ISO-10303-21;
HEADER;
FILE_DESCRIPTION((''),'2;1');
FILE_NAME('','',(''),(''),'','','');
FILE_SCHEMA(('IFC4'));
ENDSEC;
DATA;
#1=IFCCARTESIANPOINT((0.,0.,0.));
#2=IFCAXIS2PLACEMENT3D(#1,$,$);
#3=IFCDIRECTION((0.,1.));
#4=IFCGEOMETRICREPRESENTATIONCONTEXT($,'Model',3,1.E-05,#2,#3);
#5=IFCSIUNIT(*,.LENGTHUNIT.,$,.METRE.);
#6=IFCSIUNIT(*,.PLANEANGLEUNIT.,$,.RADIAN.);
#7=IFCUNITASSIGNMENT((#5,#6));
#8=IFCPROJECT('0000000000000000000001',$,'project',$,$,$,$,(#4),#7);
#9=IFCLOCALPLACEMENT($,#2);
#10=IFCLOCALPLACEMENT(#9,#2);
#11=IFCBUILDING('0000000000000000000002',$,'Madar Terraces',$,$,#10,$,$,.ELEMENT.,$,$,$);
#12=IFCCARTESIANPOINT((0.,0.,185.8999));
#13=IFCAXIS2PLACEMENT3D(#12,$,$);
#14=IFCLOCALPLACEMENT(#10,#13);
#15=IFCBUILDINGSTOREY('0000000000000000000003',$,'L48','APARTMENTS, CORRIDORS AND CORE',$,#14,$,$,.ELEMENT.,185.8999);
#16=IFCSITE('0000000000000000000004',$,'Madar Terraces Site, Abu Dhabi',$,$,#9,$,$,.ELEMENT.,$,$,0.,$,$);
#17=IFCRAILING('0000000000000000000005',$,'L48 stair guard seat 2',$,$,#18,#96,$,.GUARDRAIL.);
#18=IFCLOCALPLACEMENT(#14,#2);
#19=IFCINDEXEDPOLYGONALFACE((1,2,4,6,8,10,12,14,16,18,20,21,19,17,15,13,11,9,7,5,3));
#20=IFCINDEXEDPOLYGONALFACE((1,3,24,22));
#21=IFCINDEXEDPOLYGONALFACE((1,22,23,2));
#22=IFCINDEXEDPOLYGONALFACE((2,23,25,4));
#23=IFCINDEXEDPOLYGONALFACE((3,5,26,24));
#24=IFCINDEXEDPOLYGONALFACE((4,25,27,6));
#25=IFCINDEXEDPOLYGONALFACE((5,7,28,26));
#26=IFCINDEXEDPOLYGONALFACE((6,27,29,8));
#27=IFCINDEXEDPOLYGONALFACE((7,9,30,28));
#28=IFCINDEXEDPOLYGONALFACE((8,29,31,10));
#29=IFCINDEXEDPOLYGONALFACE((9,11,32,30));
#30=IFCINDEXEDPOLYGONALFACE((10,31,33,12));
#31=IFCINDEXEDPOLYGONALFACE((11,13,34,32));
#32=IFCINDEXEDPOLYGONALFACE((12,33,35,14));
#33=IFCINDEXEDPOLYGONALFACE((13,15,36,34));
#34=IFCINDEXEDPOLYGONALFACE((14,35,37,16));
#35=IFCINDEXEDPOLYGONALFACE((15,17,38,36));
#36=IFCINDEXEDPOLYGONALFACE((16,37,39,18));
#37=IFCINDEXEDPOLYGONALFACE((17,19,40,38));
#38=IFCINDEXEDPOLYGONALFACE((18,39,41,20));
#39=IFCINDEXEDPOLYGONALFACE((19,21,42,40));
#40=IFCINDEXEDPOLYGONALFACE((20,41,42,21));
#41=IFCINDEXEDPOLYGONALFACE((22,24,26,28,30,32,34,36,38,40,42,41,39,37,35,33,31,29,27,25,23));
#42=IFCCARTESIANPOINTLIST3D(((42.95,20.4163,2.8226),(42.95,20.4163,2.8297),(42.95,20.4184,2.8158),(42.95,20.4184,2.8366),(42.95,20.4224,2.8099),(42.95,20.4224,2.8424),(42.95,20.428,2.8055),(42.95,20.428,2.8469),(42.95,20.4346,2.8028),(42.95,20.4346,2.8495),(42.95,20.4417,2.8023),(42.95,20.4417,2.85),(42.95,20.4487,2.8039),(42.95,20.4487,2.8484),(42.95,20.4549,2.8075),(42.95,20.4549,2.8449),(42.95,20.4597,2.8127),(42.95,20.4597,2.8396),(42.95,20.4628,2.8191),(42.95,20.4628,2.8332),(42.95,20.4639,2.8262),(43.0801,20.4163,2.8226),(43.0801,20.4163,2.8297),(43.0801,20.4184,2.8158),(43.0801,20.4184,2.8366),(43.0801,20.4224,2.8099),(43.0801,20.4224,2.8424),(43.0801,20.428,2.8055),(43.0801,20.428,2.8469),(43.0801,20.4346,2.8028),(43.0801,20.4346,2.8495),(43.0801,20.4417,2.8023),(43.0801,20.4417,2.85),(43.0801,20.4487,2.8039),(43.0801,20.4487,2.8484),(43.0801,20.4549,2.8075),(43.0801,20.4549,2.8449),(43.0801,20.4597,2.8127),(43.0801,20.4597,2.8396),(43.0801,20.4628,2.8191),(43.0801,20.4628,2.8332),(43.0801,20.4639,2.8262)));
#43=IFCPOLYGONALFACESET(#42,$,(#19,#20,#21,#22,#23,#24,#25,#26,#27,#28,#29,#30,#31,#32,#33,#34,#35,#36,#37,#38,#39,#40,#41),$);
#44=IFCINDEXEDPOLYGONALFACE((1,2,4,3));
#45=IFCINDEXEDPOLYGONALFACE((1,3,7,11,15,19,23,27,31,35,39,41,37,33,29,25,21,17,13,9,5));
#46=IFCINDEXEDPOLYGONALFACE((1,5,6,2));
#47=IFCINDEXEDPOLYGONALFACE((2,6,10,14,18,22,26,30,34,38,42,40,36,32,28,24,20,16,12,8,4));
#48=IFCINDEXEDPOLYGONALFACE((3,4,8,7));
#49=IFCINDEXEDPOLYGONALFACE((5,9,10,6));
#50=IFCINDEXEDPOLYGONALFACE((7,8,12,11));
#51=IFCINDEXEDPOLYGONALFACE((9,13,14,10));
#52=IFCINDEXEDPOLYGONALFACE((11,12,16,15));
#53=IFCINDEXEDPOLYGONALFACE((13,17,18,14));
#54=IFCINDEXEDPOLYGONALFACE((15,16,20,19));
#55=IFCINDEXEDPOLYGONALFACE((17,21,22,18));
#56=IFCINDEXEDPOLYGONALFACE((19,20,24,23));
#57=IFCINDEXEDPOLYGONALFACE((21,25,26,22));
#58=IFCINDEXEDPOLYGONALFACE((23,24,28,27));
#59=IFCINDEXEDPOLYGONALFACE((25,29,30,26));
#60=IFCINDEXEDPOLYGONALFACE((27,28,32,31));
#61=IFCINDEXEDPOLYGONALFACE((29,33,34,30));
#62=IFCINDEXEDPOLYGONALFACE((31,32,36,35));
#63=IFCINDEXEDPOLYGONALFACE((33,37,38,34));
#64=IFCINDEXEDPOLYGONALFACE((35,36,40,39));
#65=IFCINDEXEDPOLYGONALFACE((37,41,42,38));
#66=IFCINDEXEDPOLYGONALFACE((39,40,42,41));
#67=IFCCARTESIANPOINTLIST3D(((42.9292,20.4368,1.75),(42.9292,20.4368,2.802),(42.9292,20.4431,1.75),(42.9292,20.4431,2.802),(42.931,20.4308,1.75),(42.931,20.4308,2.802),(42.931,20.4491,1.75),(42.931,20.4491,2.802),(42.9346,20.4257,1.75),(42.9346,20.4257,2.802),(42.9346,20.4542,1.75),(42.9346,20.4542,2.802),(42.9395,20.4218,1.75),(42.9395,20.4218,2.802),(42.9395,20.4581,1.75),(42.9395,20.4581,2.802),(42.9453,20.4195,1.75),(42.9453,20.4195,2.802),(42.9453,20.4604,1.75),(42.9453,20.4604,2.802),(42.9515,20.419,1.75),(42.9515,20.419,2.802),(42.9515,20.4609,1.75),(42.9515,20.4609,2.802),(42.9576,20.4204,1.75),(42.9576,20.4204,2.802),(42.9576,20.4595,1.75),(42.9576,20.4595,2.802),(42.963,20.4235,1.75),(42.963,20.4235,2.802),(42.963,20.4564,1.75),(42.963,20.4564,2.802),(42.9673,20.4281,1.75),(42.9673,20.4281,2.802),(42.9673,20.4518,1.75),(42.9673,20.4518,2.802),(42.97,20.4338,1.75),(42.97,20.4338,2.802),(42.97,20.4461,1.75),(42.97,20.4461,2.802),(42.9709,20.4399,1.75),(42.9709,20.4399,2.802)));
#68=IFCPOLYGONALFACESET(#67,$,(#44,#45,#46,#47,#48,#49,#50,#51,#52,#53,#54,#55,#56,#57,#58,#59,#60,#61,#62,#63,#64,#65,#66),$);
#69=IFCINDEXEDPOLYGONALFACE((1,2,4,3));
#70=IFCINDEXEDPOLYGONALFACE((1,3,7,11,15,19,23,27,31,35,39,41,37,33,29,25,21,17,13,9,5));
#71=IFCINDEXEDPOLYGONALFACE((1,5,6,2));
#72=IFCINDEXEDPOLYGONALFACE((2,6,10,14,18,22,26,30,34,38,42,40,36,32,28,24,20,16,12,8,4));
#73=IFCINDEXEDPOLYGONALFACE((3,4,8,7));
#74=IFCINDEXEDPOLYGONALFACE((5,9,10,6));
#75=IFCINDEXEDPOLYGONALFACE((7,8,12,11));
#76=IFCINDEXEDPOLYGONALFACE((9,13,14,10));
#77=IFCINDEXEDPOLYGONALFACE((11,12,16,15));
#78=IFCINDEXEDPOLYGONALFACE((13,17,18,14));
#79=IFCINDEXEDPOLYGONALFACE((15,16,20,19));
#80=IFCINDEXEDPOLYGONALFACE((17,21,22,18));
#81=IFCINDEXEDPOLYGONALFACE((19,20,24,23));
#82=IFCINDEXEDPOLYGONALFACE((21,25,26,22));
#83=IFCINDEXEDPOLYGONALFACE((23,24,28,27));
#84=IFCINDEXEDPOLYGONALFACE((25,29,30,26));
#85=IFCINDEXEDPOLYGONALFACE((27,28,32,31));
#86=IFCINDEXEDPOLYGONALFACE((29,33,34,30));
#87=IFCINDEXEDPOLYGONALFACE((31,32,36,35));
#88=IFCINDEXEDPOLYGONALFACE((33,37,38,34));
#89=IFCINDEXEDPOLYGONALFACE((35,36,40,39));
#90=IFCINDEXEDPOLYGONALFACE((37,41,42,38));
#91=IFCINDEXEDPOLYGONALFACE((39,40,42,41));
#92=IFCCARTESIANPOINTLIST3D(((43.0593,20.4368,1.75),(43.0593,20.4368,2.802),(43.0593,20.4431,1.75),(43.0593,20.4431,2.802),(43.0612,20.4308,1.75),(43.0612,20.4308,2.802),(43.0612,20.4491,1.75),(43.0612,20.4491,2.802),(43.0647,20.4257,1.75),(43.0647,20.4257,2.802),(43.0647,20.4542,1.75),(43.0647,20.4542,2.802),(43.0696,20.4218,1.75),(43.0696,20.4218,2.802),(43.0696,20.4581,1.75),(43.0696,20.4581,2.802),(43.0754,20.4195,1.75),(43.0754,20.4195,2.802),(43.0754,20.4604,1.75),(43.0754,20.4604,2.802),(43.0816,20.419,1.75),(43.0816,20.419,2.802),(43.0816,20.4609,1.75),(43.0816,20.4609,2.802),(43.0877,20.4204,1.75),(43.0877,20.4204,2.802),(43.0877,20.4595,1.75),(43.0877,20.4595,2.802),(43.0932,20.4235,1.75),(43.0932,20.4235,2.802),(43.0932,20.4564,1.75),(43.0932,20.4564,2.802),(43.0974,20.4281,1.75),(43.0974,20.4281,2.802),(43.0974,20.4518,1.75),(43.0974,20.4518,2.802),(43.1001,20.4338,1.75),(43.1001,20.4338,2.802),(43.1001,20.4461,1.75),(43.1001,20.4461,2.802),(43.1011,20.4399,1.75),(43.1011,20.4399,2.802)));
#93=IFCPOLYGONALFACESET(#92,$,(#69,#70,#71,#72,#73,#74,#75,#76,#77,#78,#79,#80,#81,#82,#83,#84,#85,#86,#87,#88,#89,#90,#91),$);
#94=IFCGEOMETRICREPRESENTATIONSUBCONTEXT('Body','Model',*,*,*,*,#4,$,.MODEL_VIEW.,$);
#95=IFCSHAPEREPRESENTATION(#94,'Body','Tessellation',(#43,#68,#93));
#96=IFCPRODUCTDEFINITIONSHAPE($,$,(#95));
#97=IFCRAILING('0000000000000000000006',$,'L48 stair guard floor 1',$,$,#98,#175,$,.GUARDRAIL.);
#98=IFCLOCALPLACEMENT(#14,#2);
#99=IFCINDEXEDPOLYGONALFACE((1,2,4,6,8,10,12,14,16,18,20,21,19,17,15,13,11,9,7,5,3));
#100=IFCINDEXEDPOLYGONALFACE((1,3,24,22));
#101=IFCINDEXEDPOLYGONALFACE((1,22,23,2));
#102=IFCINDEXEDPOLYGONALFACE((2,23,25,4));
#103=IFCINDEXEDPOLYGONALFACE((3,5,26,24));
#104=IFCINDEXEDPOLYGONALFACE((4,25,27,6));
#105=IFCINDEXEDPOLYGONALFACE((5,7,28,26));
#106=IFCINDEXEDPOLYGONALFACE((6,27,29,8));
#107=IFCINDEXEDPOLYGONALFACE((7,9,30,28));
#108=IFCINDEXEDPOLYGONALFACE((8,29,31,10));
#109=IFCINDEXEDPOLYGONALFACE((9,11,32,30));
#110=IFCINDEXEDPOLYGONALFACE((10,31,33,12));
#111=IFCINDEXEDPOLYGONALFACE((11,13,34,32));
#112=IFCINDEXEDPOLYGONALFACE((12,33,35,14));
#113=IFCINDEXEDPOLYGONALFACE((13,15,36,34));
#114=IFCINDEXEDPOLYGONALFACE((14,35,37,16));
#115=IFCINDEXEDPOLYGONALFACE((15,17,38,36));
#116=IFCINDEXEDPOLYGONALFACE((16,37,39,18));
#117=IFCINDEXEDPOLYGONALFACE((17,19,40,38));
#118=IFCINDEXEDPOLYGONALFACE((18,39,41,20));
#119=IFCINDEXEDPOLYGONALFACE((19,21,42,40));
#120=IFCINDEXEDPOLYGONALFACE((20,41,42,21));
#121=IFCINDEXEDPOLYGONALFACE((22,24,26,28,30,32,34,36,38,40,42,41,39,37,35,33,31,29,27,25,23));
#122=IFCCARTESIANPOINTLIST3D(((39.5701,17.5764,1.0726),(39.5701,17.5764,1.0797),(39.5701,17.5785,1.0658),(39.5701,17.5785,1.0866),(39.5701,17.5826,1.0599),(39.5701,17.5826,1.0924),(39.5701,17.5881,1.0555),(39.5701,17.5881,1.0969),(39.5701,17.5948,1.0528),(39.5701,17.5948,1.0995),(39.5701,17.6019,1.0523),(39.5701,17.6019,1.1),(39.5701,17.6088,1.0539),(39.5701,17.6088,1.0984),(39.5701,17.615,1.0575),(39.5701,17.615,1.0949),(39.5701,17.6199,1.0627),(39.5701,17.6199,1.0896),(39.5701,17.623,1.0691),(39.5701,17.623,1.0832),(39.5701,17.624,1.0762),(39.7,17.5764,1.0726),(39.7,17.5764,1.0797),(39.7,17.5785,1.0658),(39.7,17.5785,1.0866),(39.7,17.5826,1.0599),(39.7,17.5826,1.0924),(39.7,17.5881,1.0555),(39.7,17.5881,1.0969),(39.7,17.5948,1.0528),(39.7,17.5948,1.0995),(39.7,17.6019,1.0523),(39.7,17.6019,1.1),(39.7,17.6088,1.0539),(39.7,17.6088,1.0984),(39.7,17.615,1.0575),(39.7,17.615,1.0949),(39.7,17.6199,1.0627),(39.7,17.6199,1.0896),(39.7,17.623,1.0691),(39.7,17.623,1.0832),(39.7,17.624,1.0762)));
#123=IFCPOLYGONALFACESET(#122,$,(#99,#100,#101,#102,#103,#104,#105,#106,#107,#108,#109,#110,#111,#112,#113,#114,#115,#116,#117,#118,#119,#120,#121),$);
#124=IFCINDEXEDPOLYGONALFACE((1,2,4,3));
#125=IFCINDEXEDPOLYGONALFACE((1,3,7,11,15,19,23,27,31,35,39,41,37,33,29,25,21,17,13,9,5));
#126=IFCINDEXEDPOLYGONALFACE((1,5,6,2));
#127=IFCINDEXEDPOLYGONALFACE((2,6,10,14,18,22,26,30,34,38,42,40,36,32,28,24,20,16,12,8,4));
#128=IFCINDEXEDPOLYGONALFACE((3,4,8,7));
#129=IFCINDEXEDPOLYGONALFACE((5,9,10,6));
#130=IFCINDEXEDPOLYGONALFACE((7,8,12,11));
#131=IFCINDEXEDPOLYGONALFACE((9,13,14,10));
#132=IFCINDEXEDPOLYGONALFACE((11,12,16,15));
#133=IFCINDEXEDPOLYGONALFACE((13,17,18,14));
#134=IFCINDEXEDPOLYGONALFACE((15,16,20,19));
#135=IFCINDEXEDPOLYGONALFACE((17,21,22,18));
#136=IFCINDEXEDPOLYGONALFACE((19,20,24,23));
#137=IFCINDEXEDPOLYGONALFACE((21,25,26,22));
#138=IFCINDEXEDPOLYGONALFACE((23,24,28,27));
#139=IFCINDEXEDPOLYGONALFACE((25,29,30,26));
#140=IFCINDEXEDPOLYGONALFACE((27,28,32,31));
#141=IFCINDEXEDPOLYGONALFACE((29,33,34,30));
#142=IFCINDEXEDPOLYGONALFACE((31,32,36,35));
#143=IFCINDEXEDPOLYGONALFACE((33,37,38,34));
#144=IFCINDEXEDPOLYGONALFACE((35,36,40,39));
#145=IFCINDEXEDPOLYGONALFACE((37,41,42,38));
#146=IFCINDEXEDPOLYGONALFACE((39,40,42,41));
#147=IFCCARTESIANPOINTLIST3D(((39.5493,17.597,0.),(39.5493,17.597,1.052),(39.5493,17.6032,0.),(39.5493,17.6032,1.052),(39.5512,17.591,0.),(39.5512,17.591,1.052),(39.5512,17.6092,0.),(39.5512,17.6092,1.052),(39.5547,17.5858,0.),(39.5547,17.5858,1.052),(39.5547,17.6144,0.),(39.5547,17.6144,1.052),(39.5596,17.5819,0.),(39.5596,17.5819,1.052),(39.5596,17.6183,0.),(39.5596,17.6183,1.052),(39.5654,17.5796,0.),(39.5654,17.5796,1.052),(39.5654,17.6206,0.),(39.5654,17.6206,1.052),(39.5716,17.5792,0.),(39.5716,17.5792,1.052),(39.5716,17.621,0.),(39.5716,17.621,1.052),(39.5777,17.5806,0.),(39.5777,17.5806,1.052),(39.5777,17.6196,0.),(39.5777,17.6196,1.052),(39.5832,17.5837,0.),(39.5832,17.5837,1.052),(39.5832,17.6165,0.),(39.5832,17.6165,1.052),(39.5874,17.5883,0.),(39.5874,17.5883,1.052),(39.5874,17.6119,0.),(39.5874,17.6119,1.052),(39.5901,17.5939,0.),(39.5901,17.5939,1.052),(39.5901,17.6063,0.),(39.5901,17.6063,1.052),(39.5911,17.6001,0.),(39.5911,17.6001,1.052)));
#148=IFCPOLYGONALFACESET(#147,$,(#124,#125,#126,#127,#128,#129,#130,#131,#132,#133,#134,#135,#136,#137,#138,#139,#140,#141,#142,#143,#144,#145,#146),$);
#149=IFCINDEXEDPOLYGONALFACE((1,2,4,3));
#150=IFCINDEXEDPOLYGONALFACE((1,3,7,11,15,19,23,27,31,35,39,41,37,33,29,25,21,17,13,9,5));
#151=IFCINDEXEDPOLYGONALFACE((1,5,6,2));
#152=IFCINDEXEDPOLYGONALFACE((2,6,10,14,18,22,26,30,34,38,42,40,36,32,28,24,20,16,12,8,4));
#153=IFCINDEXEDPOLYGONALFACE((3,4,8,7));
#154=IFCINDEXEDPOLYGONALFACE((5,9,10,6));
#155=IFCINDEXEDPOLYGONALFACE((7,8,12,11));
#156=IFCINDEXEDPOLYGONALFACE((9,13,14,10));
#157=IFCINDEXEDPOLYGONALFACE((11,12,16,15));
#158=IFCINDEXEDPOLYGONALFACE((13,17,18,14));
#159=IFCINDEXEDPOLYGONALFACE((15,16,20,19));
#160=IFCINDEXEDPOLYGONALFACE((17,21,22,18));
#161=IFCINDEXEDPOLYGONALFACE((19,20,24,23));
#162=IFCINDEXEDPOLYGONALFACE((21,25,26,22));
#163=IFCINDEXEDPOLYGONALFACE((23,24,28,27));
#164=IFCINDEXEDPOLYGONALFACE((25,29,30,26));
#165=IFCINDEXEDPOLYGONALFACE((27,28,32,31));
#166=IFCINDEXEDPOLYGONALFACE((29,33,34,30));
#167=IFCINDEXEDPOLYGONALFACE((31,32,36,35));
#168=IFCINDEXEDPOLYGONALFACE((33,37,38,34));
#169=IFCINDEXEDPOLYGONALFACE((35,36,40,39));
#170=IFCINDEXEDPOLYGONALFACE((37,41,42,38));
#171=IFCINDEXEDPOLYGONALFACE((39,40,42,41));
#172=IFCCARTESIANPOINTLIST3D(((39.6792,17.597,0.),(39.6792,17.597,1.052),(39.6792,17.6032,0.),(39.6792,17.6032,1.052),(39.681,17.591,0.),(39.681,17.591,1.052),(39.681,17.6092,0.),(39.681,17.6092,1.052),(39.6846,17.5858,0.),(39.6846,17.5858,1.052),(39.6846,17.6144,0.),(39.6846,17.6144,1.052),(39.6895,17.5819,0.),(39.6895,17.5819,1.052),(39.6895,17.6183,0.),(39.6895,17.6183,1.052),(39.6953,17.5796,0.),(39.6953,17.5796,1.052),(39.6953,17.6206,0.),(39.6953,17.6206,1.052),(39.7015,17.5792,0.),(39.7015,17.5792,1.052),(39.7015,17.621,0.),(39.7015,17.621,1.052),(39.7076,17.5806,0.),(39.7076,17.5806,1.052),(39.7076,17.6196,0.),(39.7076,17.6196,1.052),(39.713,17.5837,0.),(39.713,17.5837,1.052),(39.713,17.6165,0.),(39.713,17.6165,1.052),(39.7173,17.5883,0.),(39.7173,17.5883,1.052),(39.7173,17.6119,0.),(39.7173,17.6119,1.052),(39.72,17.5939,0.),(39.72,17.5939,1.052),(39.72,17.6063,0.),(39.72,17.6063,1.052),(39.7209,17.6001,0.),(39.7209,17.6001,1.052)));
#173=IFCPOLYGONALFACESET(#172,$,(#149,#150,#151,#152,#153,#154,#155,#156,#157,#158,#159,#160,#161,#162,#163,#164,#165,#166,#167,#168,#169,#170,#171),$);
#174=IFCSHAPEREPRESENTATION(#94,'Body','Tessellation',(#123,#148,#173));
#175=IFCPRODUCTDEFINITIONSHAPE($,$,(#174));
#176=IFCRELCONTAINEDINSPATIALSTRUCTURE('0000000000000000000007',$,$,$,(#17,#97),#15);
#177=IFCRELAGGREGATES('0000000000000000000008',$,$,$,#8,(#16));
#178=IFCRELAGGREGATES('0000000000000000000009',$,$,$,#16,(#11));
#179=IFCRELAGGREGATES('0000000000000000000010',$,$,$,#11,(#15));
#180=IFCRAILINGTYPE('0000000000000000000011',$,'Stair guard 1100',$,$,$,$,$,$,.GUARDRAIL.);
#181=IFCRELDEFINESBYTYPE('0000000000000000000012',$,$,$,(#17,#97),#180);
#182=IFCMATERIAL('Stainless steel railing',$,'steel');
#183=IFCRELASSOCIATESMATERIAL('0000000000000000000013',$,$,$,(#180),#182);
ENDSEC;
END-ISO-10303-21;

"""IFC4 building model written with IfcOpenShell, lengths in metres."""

from ifc_helpers import new_model, si_unit, direction, frame, origin, origin_2d, place, context, subcontext, project, spatial, circle, extrude, material, type_object, element, save


model = new_model("IFC4")

# Units and contexts
model_context = context("Model", 3, precision=1e-05, world=origin(), true_north=direction((0.0, 1.0)))
body_context = subcontext(model_context, "Body", "Model", "MODEL_VIEW")
ifc_project = project(units=[si_unit("LENGTHUNIT", "METRE"), si_unit("PLANEANGLEUNIT", "RADIAN")], contexts=[model_context])

# Site, building, storey
site_placement = place(None, origin())
site = spatial("IfcSite", under=ifc_project, at=site_placement, Name="Madar Terraces Site, Abu Dhabi", CompositionType="ELEMENT", RefElevation=0.0)
building_placement = place(site_placement, origin())
building = spatial("IfcBuilding", under=site, at=building_placement, Name="Madar Terraces", CompositionType="ELEMENT")
storey_placement = place(building_placement, frame((0.0, 0.0, 185.8999)))
storey = spatial("IfcBuildingStorey", under=building, at=storey_placement, Name="L48", Description="APARTMENTS, CORRIDORS AND CORE", CompositionType="ELEMENT", Elevation=185.8999)

# Railings
ifc_material_1 = material(Name="Stainless steel railing", Category="steel")
railing_type_1 = type_object("IfcRailingType", Name="Stair guard 1100", PredefinedType="GUARDRAIL", material=ifc_material_1)
railing_1_placement = place(storey_placement, frame((42.95, 20.4399, 1.75)))
element("IfcRailing", 1, at=railing_1_placement, inside=storey, type_object=railing_type_1, Name="L48 stair guard seat 2", PredefinedType="GUARDRAIL", context=body_context, shape_type="SweptSolid", body=[
    extrude(circle(Radius=0.0239, at=origin_2d()), frame((0.0, 0.0, 1.0762), z_axis=(1.0, 0.0, 0.0), x_axis=(0.0, 1.0, 0.0)), (0.0, 0.0, 1.0), 0.1301),
    extrude(circle(Radius=0.021, at=origin_2d()), origin(), (0.0, 0.0, 1.0), 1.052),
    extrude(circle(Radius=0.021, at=origin_2d()), frame((0.1301, 0.0, 0.0)), (0.0, 0.0, 1.0), 1.052),
])
railing_2_placement = place(storey_placement, frame((39.5701, 17.6001, 0.0)))
element("IfcRailing", 2, at=railing_2_placement, inside=storey, type_object=railing_type_1, Name="L48 stair guard floor 1", PredefinedType="GUARDRAIL", context=body_context, shape_type="SweptSolid", body=[
    extrude(circle(Radius=0.0239, at=origin_2d()), frame((0.0, 0.0, 1.0762), z_axis=(1.0, 0.0, 0.0), x_axis=(0.0, 1.0, 0.0)), (0.0, 0.0, 1.0), 0.1299),
    extrude(circle(Radius=0.021, at=origin_2d()), origin(), (0.0, 0.0, 1.0), 1.052),
    extrude(circle(Radius=0.021, at=origin_2d()), frame((0.1299, 0.0, 0.0)), (0.0, 0.0, 1.0), 1.052),
])

save(model, "model.ifc")
